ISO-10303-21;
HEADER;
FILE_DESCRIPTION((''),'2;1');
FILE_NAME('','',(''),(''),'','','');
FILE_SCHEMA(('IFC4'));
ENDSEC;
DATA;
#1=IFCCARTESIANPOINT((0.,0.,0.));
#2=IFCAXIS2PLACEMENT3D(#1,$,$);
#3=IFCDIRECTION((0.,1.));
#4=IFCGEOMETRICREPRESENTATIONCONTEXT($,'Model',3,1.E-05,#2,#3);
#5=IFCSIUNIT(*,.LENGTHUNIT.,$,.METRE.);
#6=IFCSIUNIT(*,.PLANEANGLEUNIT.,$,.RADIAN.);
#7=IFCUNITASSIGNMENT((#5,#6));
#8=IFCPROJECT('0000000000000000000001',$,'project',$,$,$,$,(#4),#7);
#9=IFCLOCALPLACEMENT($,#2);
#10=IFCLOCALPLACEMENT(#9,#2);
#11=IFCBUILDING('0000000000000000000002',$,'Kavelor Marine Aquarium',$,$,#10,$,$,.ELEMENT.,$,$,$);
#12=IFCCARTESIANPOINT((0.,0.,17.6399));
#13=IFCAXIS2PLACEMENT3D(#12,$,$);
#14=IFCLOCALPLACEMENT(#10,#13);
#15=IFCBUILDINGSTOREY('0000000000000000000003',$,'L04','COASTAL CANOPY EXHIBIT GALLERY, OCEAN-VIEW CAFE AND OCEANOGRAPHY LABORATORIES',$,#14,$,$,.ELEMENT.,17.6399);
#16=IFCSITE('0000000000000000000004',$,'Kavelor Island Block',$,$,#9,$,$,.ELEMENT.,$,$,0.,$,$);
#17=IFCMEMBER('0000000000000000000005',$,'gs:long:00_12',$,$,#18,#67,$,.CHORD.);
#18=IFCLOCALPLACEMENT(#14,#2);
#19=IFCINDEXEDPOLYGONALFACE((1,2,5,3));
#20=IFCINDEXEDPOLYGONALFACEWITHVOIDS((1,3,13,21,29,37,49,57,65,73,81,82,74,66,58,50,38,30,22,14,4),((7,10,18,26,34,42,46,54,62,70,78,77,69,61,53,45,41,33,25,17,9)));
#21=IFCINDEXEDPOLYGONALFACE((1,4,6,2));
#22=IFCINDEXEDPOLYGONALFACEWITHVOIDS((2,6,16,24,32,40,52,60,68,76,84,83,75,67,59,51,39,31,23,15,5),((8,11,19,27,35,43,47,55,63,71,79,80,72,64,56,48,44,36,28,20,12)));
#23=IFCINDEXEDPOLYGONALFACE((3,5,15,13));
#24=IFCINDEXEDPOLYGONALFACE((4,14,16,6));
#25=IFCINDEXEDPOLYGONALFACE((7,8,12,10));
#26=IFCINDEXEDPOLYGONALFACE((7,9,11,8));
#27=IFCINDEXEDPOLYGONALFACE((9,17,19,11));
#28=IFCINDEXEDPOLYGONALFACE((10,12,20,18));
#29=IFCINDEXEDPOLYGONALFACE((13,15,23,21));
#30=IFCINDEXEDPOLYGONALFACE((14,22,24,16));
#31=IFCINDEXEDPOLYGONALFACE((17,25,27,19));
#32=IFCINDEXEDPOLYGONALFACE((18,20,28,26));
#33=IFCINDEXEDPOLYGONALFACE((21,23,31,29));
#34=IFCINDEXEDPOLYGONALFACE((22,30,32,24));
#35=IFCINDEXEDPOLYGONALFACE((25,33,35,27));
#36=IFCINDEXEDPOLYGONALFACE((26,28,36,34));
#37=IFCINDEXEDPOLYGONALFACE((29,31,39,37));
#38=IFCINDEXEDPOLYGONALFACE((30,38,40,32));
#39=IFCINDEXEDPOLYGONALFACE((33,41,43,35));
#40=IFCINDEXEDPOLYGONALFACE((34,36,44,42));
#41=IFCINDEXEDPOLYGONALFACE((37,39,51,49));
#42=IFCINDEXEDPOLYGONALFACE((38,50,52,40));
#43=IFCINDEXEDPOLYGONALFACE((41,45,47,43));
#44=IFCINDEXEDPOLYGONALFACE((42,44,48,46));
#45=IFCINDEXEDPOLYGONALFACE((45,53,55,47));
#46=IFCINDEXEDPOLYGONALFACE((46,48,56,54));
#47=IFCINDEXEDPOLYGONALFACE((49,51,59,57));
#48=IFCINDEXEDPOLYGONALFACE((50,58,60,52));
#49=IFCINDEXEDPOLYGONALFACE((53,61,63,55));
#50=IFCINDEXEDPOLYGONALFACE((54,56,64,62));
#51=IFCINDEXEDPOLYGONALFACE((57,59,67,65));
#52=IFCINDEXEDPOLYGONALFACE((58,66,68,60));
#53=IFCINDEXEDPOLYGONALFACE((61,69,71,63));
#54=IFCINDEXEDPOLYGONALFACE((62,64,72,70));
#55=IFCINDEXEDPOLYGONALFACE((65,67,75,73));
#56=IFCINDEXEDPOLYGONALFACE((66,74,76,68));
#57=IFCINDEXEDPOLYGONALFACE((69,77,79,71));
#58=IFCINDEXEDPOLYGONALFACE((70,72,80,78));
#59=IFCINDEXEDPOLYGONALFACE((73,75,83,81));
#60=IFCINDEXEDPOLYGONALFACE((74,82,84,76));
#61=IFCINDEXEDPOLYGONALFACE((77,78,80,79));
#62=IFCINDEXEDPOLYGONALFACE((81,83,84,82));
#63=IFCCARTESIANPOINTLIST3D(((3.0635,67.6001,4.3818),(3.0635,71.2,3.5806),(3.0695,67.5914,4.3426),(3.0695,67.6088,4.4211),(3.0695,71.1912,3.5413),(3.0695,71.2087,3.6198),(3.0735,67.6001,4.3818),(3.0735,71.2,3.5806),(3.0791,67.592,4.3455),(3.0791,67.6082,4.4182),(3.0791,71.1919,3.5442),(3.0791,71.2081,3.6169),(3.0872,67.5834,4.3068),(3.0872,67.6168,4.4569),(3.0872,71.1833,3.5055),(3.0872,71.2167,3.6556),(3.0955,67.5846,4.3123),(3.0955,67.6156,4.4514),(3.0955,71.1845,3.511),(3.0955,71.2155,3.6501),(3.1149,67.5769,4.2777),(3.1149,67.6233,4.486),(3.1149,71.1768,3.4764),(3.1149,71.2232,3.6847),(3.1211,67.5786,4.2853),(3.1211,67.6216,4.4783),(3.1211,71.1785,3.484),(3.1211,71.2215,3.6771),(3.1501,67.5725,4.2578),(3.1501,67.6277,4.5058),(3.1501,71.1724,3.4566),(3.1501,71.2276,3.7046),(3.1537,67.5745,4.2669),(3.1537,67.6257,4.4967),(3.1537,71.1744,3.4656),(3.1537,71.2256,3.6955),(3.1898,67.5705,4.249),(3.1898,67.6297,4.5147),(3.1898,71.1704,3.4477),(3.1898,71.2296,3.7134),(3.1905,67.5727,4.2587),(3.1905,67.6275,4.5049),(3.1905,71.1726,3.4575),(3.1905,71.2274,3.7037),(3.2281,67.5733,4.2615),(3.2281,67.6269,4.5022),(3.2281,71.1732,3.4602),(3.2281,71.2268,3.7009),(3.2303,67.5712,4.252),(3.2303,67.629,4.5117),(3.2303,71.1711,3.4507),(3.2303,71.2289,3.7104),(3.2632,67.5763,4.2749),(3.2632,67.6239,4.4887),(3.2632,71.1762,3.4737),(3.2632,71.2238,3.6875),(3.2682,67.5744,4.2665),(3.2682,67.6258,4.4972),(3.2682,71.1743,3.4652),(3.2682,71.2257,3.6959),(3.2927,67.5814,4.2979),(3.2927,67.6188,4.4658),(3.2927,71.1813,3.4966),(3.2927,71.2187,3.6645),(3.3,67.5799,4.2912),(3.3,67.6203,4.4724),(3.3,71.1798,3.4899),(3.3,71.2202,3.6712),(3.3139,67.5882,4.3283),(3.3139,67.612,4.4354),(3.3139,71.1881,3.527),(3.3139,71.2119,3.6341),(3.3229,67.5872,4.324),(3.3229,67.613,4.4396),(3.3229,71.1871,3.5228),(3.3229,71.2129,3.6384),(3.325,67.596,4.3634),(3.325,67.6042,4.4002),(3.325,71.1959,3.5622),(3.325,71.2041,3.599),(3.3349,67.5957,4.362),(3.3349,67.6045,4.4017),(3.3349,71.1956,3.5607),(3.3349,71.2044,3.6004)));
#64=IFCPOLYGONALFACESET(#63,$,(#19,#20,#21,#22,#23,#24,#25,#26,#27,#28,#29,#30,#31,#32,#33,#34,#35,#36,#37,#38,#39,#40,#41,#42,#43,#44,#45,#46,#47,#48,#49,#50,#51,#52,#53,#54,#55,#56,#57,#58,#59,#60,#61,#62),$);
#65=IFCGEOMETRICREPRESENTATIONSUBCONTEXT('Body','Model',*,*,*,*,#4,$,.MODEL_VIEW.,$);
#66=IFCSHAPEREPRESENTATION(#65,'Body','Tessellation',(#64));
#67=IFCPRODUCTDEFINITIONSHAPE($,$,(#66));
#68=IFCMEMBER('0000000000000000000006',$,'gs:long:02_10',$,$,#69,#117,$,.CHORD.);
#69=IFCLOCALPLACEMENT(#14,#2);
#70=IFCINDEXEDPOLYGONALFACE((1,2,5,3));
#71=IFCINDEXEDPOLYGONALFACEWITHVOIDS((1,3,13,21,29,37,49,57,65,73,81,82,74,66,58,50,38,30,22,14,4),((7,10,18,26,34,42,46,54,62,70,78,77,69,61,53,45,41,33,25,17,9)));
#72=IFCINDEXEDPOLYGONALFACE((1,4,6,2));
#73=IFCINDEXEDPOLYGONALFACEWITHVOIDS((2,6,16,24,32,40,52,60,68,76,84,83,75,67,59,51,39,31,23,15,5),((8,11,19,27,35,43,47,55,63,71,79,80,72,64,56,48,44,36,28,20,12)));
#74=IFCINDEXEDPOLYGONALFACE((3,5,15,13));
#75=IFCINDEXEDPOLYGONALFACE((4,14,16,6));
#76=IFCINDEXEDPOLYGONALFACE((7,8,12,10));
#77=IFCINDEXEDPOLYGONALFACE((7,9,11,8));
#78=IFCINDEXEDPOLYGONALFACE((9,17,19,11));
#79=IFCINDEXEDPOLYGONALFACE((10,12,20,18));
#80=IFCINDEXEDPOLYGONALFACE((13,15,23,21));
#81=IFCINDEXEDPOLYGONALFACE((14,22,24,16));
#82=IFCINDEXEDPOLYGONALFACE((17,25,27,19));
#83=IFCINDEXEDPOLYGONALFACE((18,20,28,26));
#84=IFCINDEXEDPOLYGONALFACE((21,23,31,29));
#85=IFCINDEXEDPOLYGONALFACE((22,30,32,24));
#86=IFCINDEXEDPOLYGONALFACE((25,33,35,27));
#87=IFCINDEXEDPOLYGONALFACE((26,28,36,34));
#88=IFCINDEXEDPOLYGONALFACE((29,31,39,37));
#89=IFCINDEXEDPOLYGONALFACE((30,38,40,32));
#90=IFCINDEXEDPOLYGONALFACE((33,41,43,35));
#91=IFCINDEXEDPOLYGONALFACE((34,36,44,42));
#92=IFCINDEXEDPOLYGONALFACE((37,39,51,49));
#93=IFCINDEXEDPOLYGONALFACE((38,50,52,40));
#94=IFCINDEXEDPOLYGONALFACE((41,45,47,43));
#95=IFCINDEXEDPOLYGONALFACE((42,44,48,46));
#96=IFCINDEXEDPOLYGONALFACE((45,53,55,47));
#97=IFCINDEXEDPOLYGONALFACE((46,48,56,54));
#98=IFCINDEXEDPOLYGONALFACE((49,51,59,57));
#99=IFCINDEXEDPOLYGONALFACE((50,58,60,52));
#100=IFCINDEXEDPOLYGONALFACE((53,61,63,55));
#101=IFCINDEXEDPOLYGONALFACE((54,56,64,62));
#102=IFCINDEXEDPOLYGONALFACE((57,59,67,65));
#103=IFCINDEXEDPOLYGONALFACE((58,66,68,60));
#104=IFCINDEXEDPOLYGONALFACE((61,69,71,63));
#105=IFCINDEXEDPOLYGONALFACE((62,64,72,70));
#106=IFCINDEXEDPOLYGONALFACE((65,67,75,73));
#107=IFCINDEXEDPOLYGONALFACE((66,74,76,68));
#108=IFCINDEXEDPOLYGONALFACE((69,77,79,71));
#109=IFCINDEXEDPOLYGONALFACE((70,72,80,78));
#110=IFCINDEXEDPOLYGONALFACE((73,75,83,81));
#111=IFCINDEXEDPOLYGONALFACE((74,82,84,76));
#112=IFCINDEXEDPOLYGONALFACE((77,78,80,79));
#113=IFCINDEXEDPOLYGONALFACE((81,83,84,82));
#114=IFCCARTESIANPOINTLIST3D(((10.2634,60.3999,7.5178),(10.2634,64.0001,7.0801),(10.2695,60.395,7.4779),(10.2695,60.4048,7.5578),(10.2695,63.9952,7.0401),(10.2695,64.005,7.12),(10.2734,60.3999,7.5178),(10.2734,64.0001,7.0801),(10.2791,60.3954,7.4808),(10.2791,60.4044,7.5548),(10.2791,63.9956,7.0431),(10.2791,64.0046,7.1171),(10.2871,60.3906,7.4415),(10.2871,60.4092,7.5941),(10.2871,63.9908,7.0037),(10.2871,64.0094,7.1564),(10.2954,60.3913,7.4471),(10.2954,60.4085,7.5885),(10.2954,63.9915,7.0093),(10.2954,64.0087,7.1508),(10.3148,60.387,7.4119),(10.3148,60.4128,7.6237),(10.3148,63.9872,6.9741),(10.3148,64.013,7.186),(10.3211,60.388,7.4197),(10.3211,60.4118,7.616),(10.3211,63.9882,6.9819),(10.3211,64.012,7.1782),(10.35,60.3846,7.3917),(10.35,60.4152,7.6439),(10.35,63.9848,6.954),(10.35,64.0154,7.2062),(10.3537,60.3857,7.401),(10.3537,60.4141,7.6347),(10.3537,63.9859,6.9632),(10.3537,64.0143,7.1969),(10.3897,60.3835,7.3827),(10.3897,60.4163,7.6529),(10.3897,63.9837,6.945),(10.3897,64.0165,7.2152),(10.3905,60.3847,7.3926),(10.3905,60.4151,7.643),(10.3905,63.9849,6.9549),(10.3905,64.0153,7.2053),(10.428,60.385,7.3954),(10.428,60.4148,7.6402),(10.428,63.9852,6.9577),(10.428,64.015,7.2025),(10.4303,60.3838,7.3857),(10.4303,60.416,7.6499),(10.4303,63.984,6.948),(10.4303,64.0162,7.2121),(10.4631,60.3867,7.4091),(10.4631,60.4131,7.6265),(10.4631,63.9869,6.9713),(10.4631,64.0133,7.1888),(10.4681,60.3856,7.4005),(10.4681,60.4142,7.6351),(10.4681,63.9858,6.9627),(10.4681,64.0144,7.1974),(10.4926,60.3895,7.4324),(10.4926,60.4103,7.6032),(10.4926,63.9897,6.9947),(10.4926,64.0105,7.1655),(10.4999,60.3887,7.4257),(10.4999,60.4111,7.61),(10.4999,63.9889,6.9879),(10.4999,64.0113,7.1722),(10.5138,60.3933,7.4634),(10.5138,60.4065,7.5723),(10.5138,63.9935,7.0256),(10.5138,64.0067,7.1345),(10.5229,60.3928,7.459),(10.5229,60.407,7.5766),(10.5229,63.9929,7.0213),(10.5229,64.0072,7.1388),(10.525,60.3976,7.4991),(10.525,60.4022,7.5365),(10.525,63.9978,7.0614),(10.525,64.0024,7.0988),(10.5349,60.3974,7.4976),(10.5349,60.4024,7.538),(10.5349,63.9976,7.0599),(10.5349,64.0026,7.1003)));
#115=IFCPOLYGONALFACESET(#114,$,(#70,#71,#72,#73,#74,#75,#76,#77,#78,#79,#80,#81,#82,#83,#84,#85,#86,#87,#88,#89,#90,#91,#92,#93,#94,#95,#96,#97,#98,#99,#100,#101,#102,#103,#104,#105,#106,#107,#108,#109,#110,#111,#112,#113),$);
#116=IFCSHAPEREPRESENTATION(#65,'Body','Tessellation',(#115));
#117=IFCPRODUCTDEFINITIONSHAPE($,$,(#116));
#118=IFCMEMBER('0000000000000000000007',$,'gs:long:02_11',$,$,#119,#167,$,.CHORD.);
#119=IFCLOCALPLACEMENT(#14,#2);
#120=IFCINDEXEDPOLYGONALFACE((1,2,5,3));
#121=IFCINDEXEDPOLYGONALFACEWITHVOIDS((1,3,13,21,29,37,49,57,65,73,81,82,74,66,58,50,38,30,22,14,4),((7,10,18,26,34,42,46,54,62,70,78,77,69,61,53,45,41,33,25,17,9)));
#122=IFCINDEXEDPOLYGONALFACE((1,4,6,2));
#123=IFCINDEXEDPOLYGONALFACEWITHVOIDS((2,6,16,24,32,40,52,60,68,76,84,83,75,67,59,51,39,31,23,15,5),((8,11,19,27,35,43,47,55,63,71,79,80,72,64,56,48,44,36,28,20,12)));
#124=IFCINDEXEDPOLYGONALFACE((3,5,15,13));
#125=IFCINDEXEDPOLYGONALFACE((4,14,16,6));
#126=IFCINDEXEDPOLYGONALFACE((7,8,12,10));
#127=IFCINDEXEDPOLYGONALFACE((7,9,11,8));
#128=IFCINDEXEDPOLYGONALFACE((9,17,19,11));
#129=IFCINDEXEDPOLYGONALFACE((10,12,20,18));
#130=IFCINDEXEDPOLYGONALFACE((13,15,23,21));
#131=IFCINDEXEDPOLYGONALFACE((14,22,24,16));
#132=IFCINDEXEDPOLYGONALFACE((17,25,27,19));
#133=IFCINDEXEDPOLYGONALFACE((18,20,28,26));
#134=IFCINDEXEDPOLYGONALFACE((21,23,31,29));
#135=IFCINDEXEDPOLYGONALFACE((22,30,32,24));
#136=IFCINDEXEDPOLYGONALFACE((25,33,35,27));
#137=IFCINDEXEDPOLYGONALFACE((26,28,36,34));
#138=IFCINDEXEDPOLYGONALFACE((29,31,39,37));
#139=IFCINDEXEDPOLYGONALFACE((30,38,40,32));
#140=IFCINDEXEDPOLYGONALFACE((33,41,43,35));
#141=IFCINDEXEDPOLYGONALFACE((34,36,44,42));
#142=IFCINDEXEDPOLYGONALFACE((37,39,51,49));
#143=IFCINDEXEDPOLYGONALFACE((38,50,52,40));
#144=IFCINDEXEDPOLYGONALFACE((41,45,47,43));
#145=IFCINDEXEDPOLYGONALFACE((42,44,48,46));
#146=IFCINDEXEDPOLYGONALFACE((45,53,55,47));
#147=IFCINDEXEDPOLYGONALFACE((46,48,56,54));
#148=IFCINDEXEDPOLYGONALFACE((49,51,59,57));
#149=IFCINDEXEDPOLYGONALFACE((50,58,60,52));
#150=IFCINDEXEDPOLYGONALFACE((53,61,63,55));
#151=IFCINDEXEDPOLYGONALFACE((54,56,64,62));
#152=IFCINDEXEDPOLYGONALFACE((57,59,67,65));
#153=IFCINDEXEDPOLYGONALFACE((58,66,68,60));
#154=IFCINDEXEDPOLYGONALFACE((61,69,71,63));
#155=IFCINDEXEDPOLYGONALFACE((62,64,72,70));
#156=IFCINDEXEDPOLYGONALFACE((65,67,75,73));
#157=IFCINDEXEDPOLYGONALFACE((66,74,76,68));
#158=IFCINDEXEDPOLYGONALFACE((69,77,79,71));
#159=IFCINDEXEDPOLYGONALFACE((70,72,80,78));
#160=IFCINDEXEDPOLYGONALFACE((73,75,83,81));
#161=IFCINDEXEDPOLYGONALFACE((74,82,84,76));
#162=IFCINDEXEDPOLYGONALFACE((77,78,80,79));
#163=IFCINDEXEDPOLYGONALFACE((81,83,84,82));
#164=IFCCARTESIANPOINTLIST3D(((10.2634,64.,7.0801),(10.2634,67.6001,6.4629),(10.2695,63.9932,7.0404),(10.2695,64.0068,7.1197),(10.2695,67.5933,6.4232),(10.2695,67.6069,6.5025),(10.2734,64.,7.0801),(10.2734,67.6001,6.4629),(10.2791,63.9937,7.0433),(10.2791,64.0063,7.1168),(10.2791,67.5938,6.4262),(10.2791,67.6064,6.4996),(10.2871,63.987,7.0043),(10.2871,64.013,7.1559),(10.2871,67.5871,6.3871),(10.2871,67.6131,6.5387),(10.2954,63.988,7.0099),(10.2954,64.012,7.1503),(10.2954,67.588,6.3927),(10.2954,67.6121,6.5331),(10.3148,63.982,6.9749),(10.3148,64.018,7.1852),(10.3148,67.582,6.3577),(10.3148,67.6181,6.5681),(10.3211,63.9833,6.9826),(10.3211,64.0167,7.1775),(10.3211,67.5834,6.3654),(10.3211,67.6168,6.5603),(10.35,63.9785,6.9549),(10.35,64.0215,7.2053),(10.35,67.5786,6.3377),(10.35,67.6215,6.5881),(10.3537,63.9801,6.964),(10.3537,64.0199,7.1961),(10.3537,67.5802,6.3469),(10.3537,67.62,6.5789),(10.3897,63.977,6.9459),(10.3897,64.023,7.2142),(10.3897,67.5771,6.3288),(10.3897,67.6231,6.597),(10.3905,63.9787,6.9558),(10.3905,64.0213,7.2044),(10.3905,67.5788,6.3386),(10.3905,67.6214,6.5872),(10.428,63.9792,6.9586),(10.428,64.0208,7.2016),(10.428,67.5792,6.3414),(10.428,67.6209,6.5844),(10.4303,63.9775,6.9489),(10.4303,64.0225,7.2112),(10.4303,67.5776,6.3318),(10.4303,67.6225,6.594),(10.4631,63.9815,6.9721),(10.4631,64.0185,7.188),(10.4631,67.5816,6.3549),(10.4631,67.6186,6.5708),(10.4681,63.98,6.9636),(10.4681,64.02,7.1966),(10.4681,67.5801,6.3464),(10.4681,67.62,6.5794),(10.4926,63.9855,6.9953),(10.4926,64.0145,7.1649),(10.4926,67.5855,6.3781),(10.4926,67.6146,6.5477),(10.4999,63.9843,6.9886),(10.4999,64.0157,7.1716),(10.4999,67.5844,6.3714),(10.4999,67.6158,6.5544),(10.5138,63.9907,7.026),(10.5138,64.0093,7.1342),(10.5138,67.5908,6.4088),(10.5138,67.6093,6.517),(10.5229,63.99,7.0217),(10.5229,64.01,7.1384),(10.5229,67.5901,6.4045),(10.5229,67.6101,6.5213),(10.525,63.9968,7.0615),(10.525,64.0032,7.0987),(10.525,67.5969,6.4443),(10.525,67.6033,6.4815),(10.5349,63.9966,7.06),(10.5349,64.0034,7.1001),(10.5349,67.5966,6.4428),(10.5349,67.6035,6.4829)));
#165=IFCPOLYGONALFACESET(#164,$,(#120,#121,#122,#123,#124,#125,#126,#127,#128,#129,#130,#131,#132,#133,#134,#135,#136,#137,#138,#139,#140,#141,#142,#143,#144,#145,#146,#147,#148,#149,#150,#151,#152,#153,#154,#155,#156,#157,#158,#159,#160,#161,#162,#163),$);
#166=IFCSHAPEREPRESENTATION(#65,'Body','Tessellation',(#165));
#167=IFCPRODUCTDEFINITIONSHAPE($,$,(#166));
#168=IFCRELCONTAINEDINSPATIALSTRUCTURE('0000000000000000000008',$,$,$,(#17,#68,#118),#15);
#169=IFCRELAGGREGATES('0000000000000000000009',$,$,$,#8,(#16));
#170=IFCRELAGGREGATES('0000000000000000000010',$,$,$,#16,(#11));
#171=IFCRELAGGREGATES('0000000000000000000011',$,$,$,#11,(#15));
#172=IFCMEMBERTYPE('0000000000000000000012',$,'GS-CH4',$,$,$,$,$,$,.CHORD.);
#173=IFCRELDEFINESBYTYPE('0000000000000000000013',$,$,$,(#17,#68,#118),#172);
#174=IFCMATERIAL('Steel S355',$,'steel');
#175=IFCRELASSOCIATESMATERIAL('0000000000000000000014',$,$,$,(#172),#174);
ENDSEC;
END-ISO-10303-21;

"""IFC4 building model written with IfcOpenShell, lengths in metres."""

from ifc_helpers import new_model, si_unit, direction, frame, origin, origin_2d, place, context, subcontext, project, spatial, hollow_circle, extrude, material, material_profile, profile_set, type_object, element, save


model = new_model("IFC4")

# Units and contexts
model_context = context("Model", 3, precision=1e-05, world=origin(), true_north=direction((0.0, 1.0)))
body_context = subcontext(model_context, "Body", "Model", "MODEL_VIEW")
ifc_project = project(units=[si_unit("LENGTHUNIT", "METRE"), si_unit("PLANEANGLEUNIT", "RADIAN")], contexts=[model_context])

# Site, building, storey
site_placement = place(None, origin())
site = spatial("IfcSite", under=ifc_project, at=site_placement, Name="Kavelor Island Block", CompositionType="ELEMENT", RefElevation=0.0)
building_placement = place(site_placement, origin())
building = spatial("IfcBuilding", under=site, at=building_placement, Name="Kavelor Marine Aquarium", CompositionType="ELEMENT")
storey_placement = place(building_placement, frame((0.0, 0.0, 17.6399)))
storey = spatial("IfcBuildingStorey", under=building, at=storey_placement, Name="L04", Description="COASTAL CANOPY EXHIBIT GALLERY, OCEAN-VIEW CAFE AND OCEANOGRAPHY LABORATORIES", CompositionType="ELEMENT", Elevation=17.6399)

# Members
ifc_material_1 = material(Name="Steel S355", Category="steel")
ifc_material_profile_1 = material_profile(ifc_material_1, hollow_circle(Radius=0.1365, WallThickness=0.01, at=origin_2d()), Name="CHS 273.0x10.0")
ifc_profile_set_1 = profile_set([ifc_material_profile_1], Name="Steel S355")
member_type_1 = type_object("IfcMemberType", Name="GS-CH4", PredefinedType="CHORD", material=ifc_profile_set_1)
member_1_placement = place(storey_placement, frame((3.2, 67.6001, 4.3818), z_axis=(0.0, 0.976112, -0.217267), x_axis=(-1.0, 0.0, 0.0)))
element("IfcMember", 1, at=member_1_placement, inside=storey, type_object=member_type_1, Name="gs:long:00_12", PredefinedType="CHORD", context=body_context, shape_type="SweptSolid", body=[
    extrude(hollow_circle(Radius=0.1365, WallThickness=0.01, at=origin_2d()), origin(), (0.0, 0.0, 1.0), 3.688),
])
member_2_placement = place(storey_placement, frame((10.3999, 60.3999, 7.5178), z_axis=(0.0, 0.992689, -0.120703), x_axis=(-1.0, 0.0, 0.0)))
element("IfcMember", 2, at=member_2_placement, inside=storey, type_object=member_type_1, Name="gs:long:02_10", PredefinedType="CHORD", context=body_context, shape_type="SweptSolid", body=[
    extrude(hollow_circle(Radius=0.1365, WallThickness=0.01, at=origin_2d()), origin(), (0.0, 0.0, 1.0), 3.6267),
])
member_3_placement = place(storey_placement, frame((10.3999, 64.0, 7.0801), z_axis=(0.0, 0.985621, -0.168971), x_axis=(-1.0, 0.0, 0.0)))
element("IfcMember", 3, at=member_3_placement, inside=storey, type_object=member_type_1, Name="gs:long:02_11", PredefinedType="CHORD", context=body_context, shape_type="SweptSolid", body=[
    extrude(hollow_circle(Radius=0.1365, WallThickness=0.01, at=origin_2d()), origin(), (0.0, 0.0, 1.0), 3.6526),
])

save(model, "model.ifc")
